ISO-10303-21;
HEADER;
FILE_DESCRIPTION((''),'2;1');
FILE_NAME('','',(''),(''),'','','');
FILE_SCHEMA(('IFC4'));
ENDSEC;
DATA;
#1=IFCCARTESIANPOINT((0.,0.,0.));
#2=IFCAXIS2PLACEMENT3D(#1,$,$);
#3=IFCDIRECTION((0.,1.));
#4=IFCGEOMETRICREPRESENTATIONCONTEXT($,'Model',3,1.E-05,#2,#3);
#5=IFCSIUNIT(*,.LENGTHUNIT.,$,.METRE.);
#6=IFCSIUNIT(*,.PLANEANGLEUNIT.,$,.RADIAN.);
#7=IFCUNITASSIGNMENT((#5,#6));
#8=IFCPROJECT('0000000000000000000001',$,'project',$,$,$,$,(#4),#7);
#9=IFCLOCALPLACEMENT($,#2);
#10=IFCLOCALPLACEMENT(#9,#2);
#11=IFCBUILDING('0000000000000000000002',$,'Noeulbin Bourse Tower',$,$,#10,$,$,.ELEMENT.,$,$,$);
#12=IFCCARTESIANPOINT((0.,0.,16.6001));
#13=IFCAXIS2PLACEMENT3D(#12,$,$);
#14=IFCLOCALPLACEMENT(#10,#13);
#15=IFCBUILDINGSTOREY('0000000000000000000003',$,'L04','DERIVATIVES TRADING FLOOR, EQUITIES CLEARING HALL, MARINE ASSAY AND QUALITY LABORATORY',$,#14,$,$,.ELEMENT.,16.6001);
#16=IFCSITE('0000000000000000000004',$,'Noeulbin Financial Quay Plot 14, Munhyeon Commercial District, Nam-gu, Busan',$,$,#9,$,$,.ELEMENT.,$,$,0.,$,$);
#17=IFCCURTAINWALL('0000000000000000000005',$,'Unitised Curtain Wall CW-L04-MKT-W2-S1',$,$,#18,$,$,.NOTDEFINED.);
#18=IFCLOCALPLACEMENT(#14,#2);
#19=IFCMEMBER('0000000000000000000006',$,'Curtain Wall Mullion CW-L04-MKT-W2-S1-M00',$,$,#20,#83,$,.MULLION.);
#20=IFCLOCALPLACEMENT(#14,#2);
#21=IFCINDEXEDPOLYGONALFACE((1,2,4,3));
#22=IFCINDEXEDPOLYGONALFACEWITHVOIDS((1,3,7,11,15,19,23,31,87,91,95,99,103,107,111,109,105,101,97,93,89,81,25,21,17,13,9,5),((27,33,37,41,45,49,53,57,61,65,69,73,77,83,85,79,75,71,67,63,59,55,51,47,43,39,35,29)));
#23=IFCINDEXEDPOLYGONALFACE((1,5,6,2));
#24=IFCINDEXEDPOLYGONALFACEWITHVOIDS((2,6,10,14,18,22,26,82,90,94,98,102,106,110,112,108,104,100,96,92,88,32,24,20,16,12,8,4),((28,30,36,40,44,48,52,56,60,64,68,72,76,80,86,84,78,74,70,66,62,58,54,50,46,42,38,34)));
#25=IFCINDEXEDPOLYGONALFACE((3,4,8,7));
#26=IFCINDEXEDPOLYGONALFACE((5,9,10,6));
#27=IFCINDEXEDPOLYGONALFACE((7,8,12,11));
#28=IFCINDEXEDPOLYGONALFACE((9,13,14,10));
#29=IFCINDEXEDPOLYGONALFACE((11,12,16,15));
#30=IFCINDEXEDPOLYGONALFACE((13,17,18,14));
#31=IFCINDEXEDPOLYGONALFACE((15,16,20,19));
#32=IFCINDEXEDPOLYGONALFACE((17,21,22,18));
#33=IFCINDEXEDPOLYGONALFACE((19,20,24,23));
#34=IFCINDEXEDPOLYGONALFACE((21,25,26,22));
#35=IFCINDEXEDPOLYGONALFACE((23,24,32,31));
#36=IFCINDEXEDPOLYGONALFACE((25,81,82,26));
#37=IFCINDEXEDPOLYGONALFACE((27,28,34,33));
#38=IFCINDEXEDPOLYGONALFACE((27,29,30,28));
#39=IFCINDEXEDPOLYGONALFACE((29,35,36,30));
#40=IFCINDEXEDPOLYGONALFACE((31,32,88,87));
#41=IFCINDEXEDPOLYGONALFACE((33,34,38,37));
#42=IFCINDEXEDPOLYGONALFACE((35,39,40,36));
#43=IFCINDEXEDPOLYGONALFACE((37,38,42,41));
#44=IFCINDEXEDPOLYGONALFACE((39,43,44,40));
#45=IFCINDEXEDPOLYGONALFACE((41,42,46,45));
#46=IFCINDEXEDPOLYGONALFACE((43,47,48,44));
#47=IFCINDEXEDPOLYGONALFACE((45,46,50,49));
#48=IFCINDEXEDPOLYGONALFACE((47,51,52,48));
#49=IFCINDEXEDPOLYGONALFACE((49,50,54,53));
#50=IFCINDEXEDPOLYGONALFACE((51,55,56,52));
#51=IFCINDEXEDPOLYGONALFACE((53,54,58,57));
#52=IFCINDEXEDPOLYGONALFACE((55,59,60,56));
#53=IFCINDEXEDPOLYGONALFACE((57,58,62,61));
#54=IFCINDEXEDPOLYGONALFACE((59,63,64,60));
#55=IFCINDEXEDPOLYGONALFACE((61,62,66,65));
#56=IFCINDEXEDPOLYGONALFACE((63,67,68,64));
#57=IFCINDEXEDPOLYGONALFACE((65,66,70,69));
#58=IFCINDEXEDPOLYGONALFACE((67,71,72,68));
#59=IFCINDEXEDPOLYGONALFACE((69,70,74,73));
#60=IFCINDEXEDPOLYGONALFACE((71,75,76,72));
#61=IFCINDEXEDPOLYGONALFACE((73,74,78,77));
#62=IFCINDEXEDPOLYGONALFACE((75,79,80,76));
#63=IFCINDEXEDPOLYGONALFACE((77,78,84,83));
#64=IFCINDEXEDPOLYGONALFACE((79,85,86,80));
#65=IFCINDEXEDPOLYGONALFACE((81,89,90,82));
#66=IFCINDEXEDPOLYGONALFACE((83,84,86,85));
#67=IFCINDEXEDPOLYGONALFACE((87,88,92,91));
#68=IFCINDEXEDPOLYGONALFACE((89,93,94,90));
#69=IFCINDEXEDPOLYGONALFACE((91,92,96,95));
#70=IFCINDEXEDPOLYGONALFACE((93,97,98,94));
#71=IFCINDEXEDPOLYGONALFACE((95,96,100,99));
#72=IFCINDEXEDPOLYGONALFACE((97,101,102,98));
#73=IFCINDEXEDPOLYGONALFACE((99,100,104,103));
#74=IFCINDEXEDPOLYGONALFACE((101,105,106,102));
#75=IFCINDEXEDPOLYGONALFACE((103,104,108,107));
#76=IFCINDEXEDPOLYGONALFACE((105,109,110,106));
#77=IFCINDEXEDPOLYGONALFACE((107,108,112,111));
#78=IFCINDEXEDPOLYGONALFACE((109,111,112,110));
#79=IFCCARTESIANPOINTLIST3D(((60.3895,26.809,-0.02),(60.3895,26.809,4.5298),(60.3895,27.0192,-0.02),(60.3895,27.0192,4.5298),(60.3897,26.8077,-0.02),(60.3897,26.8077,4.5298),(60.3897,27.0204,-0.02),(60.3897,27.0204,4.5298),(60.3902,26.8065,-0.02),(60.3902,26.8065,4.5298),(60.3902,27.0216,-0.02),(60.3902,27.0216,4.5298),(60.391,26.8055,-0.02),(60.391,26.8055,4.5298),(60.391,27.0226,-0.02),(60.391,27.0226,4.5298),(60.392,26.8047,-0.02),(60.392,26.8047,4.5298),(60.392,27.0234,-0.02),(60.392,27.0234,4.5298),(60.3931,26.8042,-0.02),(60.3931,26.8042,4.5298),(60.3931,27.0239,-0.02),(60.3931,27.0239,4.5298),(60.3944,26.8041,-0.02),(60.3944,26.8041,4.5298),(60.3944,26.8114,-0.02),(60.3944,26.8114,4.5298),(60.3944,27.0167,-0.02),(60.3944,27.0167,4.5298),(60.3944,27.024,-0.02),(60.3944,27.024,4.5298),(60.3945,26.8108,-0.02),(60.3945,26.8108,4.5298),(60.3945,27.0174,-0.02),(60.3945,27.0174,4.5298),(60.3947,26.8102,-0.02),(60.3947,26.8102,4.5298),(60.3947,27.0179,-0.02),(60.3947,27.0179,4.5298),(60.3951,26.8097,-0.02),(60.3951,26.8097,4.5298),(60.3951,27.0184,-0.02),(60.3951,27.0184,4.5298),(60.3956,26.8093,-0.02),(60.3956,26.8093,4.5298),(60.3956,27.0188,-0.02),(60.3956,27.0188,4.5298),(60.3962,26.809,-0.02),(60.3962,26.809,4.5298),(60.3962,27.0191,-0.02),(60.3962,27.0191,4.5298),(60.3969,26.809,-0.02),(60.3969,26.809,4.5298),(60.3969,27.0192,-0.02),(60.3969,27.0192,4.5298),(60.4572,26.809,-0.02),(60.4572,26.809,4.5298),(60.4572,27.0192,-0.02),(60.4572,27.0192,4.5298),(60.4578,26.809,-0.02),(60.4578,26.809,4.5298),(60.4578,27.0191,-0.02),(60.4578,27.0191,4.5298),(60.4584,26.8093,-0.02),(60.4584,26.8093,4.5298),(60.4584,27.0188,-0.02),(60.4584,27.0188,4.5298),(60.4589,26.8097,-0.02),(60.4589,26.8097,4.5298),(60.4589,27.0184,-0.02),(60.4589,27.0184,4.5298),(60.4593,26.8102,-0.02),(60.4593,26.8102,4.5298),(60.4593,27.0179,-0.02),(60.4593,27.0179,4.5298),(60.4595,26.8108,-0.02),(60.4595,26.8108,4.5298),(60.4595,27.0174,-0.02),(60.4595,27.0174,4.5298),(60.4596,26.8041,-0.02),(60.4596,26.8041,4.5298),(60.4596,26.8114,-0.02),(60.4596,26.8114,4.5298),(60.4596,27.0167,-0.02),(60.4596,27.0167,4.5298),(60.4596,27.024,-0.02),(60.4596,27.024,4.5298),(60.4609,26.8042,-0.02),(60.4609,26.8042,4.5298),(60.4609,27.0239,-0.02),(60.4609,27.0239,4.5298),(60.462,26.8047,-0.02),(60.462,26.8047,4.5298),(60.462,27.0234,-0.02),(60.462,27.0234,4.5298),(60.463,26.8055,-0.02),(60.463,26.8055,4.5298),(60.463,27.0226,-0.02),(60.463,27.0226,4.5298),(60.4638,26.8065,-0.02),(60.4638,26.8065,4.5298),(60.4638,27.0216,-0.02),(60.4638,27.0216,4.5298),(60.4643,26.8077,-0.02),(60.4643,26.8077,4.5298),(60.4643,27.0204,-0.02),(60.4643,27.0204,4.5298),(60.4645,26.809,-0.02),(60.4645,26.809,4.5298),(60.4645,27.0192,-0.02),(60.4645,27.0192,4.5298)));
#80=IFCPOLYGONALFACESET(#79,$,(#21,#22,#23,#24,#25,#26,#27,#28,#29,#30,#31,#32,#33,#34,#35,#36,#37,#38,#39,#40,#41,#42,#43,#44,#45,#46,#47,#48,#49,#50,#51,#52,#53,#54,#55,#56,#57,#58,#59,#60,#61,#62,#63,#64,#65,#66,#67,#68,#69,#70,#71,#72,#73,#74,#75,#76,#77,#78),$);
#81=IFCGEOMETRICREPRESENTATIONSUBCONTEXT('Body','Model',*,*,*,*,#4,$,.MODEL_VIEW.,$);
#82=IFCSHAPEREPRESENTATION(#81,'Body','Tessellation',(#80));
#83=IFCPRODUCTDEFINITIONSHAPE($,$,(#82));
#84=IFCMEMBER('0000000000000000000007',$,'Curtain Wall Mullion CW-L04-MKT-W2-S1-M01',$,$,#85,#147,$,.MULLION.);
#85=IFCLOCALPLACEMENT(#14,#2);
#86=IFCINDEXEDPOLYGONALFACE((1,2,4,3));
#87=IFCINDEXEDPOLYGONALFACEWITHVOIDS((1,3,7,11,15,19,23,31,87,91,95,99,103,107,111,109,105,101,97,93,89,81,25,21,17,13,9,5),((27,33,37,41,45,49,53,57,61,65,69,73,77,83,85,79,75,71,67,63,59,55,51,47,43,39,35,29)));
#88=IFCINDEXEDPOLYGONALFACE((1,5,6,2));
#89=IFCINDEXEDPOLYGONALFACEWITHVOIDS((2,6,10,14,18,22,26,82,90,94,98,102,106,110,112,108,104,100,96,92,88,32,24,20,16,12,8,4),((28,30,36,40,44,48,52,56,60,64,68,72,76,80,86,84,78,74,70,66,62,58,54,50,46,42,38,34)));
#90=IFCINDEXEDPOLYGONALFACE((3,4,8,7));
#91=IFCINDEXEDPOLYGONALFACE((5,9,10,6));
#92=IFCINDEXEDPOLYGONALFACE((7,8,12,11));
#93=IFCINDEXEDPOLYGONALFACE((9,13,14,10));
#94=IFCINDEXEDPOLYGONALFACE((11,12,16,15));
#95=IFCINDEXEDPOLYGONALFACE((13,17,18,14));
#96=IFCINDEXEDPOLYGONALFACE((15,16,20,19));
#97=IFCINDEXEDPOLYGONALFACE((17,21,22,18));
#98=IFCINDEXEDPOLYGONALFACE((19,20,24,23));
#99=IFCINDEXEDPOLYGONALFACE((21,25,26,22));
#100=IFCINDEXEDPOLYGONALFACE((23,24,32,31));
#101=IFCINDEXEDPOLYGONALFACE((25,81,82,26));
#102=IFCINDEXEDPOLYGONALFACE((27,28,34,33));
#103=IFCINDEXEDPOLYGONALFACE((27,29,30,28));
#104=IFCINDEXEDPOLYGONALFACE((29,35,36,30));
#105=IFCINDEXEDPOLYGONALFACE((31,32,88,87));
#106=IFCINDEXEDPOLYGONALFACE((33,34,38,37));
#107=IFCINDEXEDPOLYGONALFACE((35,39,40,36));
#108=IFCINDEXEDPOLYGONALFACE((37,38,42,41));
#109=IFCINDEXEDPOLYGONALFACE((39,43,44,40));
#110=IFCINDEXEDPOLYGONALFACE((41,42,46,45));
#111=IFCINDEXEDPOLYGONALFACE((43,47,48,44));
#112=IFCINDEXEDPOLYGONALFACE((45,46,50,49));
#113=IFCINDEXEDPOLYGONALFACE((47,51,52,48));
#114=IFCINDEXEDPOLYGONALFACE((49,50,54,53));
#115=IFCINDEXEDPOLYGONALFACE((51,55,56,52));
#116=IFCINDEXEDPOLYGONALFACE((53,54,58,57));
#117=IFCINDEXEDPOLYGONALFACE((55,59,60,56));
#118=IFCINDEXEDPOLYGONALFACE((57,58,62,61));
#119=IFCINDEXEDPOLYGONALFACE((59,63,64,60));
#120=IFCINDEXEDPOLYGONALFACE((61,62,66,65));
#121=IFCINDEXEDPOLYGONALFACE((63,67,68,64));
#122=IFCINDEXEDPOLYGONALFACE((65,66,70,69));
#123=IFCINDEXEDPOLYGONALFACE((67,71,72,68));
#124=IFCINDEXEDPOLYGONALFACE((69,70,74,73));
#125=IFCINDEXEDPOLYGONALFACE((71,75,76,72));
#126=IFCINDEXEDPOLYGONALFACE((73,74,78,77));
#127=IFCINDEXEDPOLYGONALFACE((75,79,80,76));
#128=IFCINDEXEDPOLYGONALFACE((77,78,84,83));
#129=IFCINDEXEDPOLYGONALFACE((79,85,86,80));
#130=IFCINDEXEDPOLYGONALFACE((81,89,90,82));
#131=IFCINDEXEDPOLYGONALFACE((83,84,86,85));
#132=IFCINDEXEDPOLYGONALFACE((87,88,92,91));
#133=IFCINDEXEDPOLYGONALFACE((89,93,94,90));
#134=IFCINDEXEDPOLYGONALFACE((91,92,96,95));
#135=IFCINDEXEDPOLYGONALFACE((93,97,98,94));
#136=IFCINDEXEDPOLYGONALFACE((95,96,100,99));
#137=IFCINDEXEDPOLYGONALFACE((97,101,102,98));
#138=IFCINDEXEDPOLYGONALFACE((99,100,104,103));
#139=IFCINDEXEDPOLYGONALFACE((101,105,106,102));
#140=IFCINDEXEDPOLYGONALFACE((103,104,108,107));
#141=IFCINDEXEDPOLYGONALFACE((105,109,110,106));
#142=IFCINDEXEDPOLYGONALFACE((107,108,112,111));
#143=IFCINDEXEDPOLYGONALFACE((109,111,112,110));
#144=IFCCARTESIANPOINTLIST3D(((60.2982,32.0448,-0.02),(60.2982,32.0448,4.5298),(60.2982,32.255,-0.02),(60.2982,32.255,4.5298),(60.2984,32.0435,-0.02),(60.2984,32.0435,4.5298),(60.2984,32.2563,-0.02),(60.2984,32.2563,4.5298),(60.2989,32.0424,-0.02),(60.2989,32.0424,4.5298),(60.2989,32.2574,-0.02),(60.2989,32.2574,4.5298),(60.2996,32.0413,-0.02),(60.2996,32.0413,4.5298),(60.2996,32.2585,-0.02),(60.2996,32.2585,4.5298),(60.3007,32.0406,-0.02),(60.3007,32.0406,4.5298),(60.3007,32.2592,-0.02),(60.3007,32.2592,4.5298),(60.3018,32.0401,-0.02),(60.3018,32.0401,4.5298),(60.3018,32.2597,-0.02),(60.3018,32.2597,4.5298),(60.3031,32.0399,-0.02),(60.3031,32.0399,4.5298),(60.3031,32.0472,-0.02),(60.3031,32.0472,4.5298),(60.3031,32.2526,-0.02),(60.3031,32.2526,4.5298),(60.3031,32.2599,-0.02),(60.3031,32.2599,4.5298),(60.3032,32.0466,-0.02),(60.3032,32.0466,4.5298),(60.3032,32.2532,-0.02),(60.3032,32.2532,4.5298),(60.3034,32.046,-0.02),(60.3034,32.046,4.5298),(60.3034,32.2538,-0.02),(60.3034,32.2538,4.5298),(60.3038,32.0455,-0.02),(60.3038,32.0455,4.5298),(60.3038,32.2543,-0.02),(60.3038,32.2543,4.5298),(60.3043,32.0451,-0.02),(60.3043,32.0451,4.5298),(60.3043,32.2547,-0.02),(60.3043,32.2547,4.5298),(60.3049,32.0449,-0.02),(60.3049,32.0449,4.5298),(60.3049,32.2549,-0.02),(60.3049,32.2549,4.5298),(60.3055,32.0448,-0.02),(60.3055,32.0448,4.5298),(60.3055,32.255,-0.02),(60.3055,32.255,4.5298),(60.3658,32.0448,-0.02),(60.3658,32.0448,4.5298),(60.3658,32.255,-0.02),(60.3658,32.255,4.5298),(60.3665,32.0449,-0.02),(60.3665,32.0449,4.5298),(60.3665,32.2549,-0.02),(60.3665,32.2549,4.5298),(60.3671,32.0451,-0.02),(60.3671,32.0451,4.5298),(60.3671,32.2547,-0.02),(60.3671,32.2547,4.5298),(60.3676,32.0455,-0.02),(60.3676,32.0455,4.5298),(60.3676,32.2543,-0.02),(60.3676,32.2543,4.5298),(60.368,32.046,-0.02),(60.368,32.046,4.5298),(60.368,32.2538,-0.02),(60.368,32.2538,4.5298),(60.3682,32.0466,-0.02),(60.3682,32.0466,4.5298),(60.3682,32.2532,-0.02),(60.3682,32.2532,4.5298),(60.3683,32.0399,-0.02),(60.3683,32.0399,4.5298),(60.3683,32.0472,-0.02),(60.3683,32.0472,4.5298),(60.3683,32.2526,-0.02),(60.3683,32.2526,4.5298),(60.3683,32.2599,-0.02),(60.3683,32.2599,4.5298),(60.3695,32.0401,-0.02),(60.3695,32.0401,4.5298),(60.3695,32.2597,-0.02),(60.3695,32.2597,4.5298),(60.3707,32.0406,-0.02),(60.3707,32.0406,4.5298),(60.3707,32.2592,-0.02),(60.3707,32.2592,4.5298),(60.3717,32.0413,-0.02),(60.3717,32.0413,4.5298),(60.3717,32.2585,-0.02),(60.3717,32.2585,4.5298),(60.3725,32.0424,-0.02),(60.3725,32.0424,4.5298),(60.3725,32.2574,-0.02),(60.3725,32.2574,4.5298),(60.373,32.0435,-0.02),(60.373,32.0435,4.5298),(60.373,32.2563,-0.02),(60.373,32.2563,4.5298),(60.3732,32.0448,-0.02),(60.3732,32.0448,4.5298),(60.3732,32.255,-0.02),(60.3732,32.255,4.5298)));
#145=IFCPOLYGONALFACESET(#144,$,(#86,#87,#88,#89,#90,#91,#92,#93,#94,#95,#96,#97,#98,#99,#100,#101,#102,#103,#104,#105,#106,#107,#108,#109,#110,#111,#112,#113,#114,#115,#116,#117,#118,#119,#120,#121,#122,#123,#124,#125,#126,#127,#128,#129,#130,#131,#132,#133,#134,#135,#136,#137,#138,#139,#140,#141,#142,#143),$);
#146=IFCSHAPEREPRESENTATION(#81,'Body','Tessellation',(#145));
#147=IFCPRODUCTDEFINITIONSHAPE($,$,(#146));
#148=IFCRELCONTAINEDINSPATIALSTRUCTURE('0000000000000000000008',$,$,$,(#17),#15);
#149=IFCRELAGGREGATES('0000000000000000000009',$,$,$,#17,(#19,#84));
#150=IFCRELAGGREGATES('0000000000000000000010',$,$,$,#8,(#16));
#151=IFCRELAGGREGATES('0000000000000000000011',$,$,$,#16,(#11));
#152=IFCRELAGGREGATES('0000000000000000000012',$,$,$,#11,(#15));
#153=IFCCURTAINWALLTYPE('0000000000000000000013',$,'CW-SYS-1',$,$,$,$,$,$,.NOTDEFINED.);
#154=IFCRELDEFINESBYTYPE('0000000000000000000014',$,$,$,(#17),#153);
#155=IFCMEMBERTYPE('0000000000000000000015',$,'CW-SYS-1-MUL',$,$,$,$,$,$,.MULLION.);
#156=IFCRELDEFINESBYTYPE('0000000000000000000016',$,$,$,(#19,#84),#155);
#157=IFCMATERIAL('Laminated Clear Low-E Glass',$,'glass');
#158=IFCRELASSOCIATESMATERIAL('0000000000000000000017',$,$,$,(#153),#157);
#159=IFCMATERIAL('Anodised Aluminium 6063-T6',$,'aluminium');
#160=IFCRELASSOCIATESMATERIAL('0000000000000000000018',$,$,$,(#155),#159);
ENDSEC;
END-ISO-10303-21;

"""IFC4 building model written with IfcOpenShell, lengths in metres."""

from ifc_helpers import new_model, si_unit, direction, frame, origin, origin_2d, place, context, subcontext, project, spatial, hollow_rectangle, extrude, material, material_profile, profile_set, type_object, element, aggregate, save


model = new_model("IFC4")

# Units and contexts
model_context = context("Model", 3, precision=1e-05, world=origin(), true_north=direction((0.0, 1.0)))
body_context = subcontext(model_context, "Body", "Model", "MODEL_VIEW")
ifc_project = project(units=[si_unit("LENGTHUNIT", "METRE"), si_unit("PLANEANGLEUNIT", "RADIAN")], contexts=[model_context])

# Site, building, storey
site_placement = place(None, origin())
site = spatial("IfcSite", under=ifc_project, at=site_placement, Name="Noeulbin Financial Quay Plot 14, Munhyeon Commercial District, Nam-gu, Busan", CompositionType="ELEMENT", RefElevation=0.0)
building_placement = place(site_placement, origin())
building = spatial("IfcBuilding", under=site, at=building_placement, Name="Noeulbin Bourse Tower", CompositionType="ELEMENT")
storey_placement = place(building_placement, frame((0.0, 0.0, 16.6001)))
storey = spatial("IfcBuildingStorey", under=building, at=storey_placement, Name="L04", Description="DERIVATIVES TRADING FLOOR, EQUITIES CLEARING HALL, MARINE ASSAY AND QUALITY LABORATORY", CompositionType="ELEMENT", Elevation=16.6001)

# Curtain wall, members
ifc_material_1 = material(Name="Laminated Clear Low-E Glass", Category="glass")
curtain_wall_type_1 = type_object("IfcCurtainWallType", Name="CW-SYS-1", PredefinedType="NOTDEFINED", material=ifc_material_1)
curtain_wall_1_placement = place(storey_placement, origin())
curtain_wall_1 = element("IfcCurtainWall", 1, at=curtain_wall_1_placement, inside=storey, type_object=curtain_wall_type_1, Name="Unitised Curtain Wall CW-L04-MKT-W2-S1", PredefinedType="NOTDEFINED")
ifc_material_2 = material(Name="Anodised Aluminium 6063-T6", Category="aluminium")
ifc_material_profile_1 = material_profile(ifc_material_2, hollow_rectangle(XDim=0.075, YDim=0.22, WallThickness=0.0049, InnerFilletRadius=0.0024, OuterFilletRadius=0.0049, at=origin_2d()), Name="ALU-MULL-75x220x5", Category="LoadBearing")
ifc_profile_set_1 = profile_set([ifc_material_profile_1], Name="Anodised Aluminium 6063-T6")
member_type_1 = type_object("IfcMemberType", Name="CW-SYS-1-MUL", PredefinedType="MULLION", material=ifc_profile_set_1)
member_1_placement = place(storey_placement, frame((60.427, 26.9141, -0.02), z_axis=(0.0, 0.0, 1.0), x_axis=(1.0, 0.0, 0.0)))
member_1 = element("IfcMember", 2, at=member_1_placement, type_object=member_type_1, Name="Curtain Wall Mullion CW-L04-MKT-W2-S1-M00", PredefinedType="MULLION", context=body_context, shape_type="SweptSolid", body=[
    extrude(hollow_rectangle(XDim=0.075, YDim=0.22, WallThickness=0.0049, InnerFilletRadius=0.0024, OuterFilletRadius=0.0049, at=origin_2d()), origin(), (0.0, 0.0, 1.0), 4.5498),
])
member_2_placement = place(storey_placement, frame((60.3357, 32.1499, -0.02), z_axis=(0.0, 0.0, 1.0), x_axis=(1.0, 0.0, 0.0)))
member_2 = element("IfcMember", 3, at=member_2_placement, type_object=member_type_1, Name="Curtain Wall Mullion CW-L04-MKT-W2-S1-M01", PredefinedType="MULLION", context=body_context, shape_type="SweptSolid", body=[
    extrude(hollow_rectangle(XDim=0.075, YDim=0.22, WallThickness=0.0049, InnerFilletRadius=0.0024, OuterFilletRadius=0.0049, at=origin_2d()), origin(), (0.0, 0.0, 1.0), 4.5498),
])

aggregate(curtain_wall_1, [member_1, member_2])

save(model, "model.ifc")
